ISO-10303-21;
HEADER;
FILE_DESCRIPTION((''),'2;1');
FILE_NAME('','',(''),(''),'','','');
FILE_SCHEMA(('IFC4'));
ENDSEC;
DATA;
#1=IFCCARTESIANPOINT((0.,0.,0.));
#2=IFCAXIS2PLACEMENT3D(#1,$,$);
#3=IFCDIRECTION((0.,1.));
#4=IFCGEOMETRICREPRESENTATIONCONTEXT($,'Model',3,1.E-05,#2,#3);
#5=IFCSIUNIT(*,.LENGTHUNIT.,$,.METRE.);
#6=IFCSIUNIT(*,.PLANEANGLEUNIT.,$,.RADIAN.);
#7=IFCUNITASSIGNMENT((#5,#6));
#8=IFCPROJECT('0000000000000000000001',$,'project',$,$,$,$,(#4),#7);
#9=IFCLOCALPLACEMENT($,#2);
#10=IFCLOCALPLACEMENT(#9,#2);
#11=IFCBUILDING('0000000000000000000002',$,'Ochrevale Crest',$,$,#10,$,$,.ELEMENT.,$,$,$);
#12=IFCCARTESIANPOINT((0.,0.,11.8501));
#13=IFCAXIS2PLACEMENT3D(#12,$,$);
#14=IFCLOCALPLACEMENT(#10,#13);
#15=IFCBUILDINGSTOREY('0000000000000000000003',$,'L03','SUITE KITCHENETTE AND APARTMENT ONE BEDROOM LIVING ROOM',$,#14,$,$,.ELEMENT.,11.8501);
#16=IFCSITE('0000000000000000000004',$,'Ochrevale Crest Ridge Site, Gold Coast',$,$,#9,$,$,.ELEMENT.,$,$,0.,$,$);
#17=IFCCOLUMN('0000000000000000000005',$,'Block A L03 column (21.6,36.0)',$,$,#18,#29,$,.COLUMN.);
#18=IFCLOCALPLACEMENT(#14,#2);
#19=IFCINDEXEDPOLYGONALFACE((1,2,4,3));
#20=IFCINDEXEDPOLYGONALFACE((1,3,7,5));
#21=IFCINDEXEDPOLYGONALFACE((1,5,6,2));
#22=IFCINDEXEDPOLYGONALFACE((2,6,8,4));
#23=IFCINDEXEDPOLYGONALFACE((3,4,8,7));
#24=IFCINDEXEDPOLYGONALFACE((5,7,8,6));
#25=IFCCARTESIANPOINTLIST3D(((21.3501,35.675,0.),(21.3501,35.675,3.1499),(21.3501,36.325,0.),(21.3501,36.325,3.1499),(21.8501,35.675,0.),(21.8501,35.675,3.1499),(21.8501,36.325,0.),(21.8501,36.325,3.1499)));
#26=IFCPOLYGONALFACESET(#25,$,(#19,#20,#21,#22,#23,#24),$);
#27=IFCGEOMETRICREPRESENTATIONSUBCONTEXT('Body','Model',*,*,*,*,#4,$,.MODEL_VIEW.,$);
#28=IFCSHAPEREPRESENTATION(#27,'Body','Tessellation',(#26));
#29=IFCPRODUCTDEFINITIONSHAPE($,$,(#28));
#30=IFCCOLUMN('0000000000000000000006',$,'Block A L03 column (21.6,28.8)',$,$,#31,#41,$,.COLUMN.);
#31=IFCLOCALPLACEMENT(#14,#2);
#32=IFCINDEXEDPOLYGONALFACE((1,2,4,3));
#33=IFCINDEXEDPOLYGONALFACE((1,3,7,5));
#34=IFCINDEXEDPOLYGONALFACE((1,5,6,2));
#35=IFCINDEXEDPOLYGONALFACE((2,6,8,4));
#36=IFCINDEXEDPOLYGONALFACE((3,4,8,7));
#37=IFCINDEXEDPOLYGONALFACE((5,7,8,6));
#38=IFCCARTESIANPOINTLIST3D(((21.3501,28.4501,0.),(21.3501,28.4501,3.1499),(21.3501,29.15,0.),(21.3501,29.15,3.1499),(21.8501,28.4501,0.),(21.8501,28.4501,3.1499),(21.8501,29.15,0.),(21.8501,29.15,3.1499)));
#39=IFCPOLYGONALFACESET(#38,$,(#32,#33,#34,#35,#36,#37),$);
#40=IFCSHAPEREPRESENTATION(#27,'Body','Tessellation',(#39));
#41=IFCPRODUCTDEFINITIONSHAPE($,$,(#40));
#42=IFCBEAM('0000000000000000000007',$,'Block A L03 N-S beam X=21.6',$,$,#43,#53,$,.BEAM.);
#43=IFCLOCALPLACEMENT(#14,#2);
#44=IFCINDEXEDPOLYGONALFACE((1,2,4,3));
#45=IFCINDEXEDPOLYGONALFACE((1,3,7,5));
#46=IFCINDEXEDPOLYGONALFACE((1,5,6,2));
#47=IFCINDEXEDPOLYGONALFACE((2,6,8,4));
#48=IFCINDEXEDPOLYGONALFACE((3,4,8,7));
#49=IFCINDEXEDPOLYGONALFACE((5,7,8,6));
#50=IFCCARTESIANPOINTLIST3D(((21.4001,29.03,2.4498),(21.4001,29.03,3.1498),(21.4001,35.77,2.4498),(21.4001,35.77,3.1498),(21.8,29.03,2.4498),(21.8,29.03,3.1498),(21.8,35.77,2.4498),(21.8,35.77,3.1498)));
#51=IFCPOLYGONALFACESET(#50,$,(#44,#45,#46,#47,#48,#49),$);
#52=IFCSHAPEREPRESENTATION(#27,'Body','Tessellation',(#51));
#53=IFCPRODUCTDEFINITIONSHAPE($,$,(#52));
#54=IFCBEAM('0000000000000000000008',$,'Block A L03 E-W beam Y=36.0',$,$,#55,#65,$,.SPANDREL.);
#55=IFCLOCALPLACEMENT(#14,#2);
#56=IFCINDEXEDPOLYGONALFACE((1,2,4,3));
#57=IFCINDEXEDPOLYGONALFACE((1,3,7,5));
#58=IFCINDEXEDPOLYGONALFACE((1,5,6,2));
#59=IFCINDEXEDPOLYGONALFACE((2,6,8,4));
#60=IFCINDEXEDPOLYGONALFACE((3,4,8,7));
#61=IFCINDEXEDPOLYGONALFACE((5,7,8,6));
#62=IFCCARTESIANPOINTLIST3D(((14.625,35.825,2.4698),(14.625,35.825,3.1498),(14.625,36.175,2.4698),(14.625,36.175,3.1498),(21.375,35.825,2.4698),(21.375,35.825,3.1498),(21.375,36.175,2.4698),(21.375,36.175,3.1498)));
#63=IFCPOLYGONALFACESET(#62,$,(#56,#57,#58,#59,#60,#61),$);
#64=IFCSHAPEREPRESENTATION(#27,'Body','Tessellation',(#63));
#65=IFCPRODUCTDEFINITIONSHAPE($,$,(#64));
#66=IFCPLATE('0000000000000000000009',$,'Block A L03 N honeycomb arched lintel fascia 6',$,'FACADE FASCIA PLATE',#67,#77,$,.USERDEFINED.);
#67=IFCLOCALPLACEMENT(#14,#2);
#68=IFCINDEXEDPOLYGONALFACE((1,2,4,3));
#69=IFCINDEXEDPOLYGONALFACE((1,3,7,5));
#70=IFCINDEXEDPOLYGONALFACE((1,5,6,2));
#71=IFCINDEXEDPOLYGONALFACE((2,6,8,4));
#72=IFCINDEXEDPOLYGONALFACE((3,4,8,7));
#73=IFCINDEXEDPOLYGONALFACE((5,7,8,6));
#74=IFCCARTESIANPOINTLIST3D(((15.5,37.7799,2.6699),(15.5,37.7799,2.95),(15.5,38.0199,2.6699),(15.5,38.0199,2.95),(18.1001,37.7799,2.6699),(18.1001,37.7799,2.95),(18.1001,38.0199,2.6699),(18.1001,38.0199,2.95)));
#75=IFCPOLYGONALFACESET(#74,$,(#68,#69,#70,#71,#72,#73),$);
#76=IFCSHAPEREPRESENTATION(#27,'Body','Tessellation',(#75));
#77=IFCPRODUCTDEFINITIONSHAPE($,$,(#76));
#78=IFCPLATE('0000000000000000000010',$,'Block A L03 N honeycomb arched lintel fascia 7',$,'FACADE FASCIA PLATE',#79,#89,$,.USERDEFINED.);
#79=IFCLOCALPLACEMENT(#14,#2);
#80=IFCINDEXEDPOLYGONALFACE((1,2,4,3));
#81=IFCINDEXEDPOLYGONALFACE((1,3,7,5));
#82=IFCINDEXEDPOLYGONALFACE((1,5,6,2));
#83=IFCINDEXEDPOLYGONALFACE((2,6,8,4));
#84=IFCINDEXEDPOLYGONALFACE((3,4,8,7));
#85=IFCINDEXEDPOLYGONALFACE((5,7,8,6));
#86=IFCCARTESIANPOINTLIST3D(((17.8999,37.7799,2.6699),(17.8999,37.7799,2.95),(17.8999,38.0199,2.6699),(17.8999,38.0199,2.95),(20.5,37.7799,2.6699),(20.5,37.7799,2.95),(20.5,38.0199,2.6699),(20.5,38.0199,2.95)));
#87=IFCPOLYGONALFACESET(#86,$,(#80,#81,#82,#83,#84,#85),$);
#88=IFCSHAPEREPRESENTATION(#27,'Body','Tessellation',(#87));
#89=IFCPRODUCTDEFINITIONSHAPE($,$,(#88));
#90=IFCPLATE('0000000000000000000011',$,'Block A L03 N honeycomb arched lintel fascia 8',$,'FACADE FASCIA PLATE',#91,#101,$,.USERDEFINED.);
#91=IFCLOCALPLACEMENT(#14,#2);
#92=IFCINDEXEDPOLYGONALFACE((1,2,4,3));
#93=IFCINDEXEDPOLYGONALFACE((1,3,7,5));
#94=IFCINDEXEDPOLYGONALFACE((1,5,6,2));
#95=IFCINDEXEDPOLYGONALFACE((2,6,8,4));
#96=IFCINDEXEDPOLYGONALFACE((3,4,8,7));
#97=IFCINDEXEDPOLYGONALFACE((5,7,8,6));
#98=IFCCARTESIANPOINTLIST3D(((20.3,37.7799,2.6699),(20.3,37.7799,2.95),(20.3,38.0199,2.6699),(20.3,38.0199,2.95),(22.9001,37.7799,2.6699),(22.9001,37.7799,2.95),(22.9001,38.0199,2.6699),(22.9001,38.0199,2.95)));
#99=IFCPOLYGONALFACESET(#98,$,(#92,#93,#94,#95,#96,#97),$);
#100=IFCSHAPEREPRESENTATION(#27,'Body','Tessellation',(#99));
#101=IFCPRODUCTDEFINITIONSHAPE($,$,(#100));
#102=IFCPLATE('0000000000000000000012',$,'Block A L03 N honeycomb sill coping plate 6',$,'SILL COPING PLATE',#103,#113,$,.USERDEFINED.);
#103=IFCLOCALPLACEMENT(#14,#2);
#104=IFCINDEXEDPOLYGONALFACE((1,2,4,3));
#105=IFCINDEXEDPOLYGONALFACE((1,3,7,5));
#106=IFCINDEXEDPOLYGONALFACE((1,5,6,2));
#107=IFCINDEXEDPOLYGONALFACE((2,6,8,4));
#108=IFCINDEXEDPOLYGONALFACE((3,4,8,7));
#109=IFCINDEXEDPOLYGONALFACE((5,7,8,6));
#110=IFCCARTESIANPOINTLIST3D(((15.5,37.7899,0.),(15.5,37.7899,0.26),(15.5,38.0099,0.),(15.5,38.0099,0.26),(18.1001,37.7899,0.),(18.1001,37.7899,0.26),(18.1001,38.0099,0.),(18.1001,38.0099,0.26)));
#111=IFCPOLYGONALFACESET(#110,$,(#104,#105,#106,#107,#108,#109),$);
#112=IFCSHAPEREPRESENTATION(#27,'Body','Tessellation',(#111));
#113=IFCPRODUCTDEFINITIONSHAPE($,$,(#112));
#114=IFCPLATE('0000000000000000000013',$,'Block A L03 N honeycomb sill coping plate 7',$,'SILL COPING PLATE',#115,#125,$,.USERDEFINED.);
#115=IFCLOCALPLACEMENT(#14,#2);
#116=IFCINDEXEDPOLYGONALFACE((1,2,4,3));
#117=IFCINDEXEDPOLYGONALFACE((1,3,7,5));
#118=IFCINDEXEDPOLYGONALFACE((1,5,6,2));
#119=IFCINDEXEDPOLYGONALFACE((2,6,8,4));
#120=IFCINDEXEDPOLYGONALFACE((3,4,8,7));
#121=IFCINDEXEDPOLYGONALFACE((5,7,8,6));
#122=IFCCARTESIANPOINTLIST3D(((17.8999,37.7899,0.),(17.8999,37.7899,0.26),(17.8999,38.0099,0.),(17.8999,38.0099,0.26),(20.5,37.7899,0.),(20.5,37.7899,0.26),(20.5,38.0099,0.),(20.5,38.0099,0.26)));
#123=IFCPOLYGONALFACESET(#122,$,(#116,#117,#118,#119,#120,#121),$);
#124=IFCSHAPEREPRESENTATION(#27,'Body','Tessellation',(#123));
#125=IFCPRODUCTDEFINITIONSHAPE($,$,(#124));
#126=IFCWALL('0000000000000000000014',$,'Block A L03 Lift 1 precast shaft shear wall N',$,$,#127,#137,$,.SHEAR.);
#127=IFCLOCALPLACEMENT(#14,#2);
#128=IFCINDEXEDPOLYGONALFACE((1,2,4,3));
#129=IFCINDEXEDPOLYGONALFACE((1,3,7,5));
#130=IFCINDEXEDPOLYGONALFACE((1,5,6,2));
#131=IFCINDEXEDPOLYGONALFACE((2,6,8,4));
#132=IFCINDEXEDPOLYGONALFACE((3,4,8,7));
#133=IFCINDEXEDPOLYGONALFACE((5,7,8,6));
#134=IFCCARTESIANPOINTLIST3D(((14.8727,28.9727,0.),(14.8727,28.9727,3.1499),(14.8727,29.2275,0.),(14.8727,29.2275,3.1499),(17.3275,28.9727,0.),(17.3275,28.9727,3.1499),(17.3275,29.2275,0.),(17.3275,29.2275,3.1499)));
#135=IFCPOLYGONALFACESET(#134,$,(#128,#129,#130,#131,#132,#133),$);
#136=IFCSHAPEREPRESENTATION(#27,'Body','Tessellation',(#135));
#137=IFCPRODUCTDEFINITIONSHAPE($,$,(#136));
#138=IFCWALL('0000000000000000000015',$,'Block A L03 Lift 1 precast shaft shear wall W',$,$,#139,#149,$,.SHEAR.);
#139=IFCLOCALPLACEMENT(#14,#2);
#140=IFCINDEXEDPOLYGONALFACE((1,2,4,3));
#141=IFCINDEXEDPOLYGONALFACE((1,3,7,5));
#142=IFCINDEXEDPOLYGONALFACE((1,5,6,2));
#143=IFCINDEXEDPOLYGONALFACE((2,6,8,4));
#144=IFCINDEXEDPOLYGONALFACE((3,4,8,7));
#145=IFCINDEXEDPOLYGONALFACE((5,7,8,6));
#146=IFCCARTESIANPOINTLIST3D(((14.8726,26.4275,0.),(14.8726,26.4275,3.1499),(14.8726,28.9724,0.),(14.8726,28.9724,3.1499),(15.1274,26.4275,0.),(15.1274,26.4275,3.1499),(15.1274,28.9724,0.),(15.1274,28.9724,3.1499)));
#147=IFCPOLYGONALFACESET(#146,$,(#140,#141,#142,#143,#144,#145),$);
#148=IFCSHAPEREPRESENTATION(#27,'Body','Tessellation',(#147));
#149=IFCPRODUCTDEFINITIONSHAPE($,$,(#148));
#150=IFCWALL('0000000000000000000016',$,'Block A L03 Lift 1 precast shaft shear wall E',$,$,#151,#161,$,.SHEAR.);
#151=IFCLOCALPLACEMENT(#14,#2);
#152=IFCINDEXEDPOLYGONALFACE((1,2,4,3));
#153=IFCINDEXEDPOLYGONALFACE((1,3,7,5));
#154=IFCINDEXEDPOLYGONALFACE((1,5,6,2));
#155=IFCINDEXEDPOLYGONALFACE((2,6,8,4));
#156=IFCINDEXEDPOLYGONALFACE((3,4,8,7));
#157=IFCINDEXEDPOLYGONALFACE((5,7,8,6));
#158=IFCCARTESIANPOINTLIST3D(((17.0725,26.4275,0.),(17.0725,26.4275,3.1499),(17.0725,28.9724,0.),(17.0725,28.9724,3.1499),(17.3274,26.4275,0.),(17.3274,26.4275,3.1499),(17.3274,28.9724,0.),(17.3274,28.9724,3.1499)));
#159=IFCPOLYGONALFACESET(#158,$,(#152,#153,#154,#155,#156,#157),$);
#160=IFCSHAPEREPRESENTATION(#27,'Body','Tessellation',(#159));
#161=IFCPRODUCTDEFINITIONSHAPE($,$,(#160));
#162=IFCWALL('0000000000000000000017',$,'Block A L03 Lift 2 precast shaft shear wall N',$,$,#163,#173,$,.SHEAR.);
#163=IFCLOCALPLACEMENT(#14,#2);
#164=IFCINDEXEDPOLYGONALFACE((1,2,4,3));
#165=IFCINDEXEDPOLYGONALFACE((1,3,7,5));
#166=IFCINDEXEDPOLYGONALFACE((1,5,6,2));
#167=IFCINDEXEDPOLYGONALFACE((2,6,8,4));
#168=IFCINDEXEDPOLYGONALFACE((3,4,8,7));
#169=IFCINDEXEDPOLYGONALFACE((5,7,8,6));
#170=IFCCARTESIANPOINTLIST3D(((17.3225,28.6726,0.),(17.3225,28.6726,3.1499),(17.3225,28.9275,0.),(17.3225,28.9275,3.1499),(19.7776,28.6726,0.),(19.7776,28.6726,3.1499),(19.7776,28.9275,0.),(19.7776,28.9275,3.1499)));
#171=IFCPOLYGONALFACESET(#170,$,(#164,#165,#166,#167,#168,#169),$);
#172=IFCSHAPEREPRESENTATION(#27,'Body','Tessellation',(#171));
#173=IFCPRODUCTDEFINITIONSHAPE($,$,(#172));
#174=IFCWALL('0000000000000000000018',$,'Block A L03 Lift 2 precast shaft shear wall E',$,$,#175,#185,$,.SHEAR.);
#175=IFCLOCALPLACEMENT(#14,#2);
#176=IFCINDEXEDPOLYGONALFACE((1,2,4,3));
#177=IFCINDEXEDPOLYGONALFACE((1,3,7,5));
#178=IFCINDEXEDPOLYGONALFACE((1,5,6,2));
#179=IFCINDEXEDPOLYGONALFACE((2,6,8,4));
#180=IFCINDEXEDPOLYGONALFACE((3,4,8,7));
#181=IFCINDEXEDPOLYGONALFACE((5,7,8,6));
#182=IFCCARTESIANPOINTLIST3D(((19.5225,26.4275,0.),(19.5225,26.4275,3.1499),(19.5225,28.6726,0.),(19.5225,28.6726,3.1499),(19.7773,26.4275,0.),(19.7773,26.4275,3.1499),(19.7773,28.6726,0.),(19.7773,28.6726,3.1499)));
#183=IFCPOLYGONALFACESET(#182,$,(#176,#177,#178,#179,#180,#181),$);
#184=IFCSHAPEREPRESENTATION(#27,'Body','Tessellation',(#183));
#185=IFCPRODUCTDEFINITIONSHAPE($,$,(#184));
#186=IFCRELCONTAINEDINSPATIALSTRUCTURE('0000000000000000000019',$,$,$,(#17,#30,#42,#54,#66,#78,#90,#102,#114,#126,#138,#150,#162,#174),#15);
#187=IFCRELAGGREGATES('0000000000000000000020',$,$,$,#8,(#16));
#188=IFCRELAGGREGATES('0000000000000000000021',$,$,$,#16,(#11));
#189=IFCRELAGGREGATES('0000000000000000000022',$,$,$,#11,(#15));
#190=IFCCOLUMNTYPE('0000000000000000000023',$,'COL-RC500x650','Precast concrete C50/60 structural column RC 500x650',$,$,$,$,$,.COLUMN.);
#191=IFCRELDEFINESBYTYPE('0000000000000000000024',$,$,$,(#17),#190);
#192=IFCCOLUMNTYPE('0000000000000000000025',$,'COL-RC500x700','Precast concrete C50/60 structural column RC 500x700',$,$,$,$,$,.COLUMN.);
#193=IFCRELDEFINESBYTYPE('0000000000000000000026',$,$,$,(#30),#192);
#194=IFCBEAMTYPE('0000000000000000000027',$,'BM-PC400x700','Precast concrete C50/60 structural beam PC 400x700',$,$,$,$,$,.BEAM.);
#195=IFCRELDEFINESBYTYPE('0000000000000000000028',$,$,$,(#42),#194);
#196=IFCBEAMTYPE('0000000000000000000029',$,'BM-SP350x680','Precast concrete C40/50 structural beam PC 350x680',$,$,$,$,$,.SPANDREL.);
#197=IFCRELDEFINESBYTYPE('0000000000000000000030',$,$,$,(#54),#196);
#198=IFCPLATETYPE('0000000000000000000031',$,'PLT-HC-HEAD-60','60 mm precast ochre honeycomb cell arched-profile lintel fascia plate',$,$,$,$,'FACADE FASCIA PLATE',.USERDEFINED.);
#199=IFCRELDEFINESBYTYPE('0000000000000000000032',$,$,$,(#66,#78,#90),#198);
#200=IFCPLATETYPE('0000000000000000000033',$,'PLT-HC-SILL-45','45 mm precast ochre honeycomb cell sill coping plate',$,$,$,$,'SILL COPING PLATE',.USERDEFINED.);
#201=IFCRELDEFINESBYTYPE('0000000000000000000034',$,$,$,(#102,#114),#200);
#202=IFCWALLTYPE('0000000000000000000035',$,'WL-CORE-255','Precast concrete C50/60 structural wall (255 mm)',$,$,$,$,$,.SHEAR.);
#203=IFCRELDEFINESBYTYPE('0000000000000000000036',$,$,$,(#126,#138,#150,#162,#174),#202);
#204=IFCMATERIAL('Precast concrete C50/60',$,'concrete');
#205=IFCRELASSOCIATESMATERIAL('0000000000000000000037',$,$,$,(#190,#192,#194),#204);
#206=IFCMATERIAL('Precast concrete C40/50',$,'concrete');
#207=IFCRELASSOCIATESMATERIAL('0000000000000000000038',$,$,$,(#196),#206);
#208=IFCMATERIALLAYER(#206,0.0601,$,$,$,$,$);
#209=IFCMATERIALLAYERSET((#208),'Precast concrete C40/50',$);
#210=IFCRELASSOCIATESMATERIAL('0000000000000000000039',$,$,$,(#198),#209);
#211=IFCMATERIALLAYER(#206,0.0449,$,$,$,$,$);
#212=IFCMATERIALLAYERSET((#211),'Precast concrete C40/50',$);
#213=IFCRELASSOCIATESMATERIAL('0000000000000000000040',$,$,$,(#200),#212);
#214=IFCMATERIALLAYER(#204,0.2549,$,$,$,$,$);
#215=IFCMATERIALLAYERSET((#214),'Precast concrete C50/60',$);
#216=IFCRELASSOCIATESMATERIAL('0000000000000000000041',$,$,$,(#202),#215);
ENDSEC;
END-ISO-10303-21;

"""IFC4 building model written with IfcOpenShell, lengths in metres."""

from ifc_helpers import new_model, si_unit, direction, frame, frame_2d, origin, origin_2d, place, context, subcontext, project, spatial, rectangle, extrude, material, layer, layer_set, material_profile, profile_set, type_object, element, save


model = new_model("IFC4")

# Units and contexts
model_context = context("Model", 3, precision=1e-05, world=origin(), true_north=direction((0.0, 1.0)))
body_context = subcontext(model_context, "Body", "Model", "MODEL_VIEW")
ifc_project = project(units=[si_unit("LENGTHUNIT", "METRE"), si_unit("PLANEANGLEUNIT", "RADIAN")], contexts=[model_context])

# Site, building, storey
site_placement = place(None, origin())
site = spatial("IfcSite", under=ifc_project, at=site_placement, Name="Ochrevale Crest Ridge Site, Gold Coast", CompositionType="ELEMENT", RefElevation=0.0)
building_placement = place(site_placement, origin())
building = spatial("IfcBuilding", under=site, at=building_placement, Name="Ochrevale Crest", CompositionType="ELEMENT")
storey_placement = place(building_placement, frame((0.0, 0.0, 11.8501)))
storey = spatial("IfcBuildingStorey", under=building, at=storey_placement, Name="L03", Description="SUITE KITCHENETTE AND APARTMENT ONE BEDROOM LIVING ROOM", CompositionType="ELEMENT", Elevation=11.8501)

# Columns
ifc_material_1 = material(Name="Precast concrete C50/60", Category="concrete")
ifc_material_profile_1 = material_profile(ifc_material_1, rectangle(XDim=0.5, YDim=0.6499, at=origin_2d()), Name="RC 500x650")
ifc_profile_set_1 = profile_set([ifc_material_profile_1], Name="Precast concrete C50/60")
column_type_1 = type_object("IfcColumnType", Name="COL-RC500x650", Description="Precast concrete C50/60 structural column RC 500x650", PredefinedType="COLUMN", material=ifc_profile_set_1)
column_1_placement = place(storey_placement, frame((21.6001, 36.0, 0.0), z_axis=(0.0, 0.0, 1.0), x_axis=(1.0, 0.0, 0.0)))
element("IfcColumn", 1, at=column_1_placement, inside=storey, type_object=column_type_1, Name="Block A L03 column (21.6,36.0)", PredefinedType="COLUMN", context=body_context, shape_type="SweptSolid", body=[
    extrude(rectangle(XDim=0.5, YDim=0.6499, at=origin_2d()), origin(), (0.0, 0.0, 1.0), 3.1499),
])
ifc_material_profile_2 = material_profile(ifc_material_1, rectangle(XDim=0.5, YDim=0.7, at=origin_2d()), Name="RC 500x700")
ifc_profile_set_2 = profile_set([ifc_material_profile_2], Name="Precast concrete C50/60")
column_type_2 = type_object("IfcColumnType", Name="COL-RC500x700", Description="Precast concrete C50/60 structural column RC 500x700", PredefinedType="COLUMN", material=ifc_profile_set_2)
column_2_placement = place(storey_placement, frame((21.6001, 28.8, 0.0), z_axis=(0.0, 0.0, 1.0), x_axis=(1.0, 0.0, 0.0)))
element("IfcColumn", 2, at=column_2_placement, inside=storey, type_object=column_type_2, Name="Block A L03 column (21.6,28.8)", PredefinedType="COLUMN", context=body_context, shape_type="SweptSolid", body=[
    extrude(rectangle(XDim=0.5, YDim=0.7, at=origin_2d()), origin(), (0.0, 0.0, 1.0), 3.1499),
])

# Beams
ifc_material_profile_3 = material_profile(ifc_material_1, rectangle(XDim=0.3999, YDim=0.7, at=origin_2d()), Name="PC 400x700")
ifc_profile_set_3 = profile_set([ifc_material_profile_3], Name="Precast concrete C50/60")
beam_type_1 = type_object("IfcBeamType", Name="BM-PC400x700", Description="Precast concrete C50/60 structural beam PC 400x700", PredefinedType="BEAM", material=ifc_profile_set_3)
beam_1_placement = place(storey_placement, frame((21.6001, 29.03, 2.7998), z_axis=(0.0, 1.0, 0.0), x_axis=(-1.0, 0.0, 0.0)))
element("IfcBeam", 3, at=beam_1_placement, inside=storey, type_object=beam_type_1, Name="Block A L03 N-S beam X=21.6", PredefinedType="BEAM", context=body_context, shape_type="SweptSolid", body=[
    extrude(rectangle(XDim=0.3999, YDim=0.7, at=origin_2d()), origin(), (0.0, 0.0, 1.0), 6.74),
])
ifc_material_2 = material(Name="Precast concrete C40/50", Category="concrete")
ifc_material_profile_4 = material_profile(ifc_material_2, rectangle(XDim=0.3501, YDim=0.6799, at=origin_2d()), Name="PC 350x680")
ifc_profile_set_4 = profile_set([ifc_material_profile_4], Name="Precast concrete C40/50")
beam_type_2 = type_object("IfcBeamType", Name="BM-SP350x680", Description="Precast concrete C40/50 structural beam PC 350x680", PredefinedType="SPANDREL", material=ifc_profile_set_4)
beam_2_placement = place(storey_placement, frame((14.625, 36.0, 2.8098), z_axis=(1.0, 0.0, 0.0), x_axis=(0.0, 1.0, 0.0)))
element("IfcBeam", 4, at=beam_2_placement, inside=storey, type_object=beam_type_2, Name="Block A L03 E-W beam Y=36.0", PredefinedType="SPANDREL", context=body_context, shape_type="SweptSolid", body=[
    extrude(rectangle(XDim=0.3501, YDim=0.6799, at=origin_2d()), origin(), (0.0, 0.0, 1.0), 6.75),
])

# Plates
ifc_layer_1 = layer(ifc_material_2, 0.0601)
ifc_layer_set_1 = layer_set([ifc_layer_1], Name="Precast concrete C40/50")
plate_type_1 = type_object("IfcPlateType", Name="PLT-HC-HEAD-60", Description="60 mm precast ochre honeycomb cell arched-profile lintel fascia plate", ElementType="FACADE FASCIA PLATE", PredefinedType="USERDEFINED", material=ifc_layer_set_1)
for number, where, z_axis, x_axis, name in (
    (5, (16.8, 37.8999, 2.6699), (0.0, 0.0, 1.0), (1.0, 0.0, 0.0), "Block A L03 N honeycomb arched lintel fascia 6"),
    (6, (19.2, 37.8999, 2.6699), (0.0, 0.0, 1.0), (1.0, 0.0, 0.0), "Block A L03 N honeycomb arched lintel fascia 7"),
    (7, (21.6001, 37.8999, 2.6699), (0.0, 0.0, 1.0), (1.0, 0.0, 0.0), "Block A L03 N honeycomb arched lintel fascia 8"),
):
    element("IfcPlate", number, at=place(storey_placement, frame(where, z_axis=z_axis, x_axis=x_axis)), inside=storey, type_object=plate_type_1, Name=name, ObjectType="FACADE FASCIA PLATE", PredefinedType="USERDEFINED", context=body_context, shape_type="SweptSolid", body=[
        extrude(rectangle(XDim=2.6001, YDim=0.24, at=origin_2d()), origin(), (0.0, 0.0, 1.0), 0.28),
    ])
ifc_layer_2 = layer(ifc_material_2, 0.0449)
ifc_layer_set_2 = layer_set([ifc_layer_2], Name="Precast concrete C40/50")
plate_type_2 = type_object("IfcPlateType", Name="PLT-HC-SILL-45", Description="45 mm precast ochre honeycomb cell sill coping plate", ElementType="SILL COPING PLATE", PredefinedType="USERDEFINED", material=ifc_layer_set_2)
for number, where, z_axis, x_axis, name in (
    (8, (16.8, 37.8999, 0.0), (0.0, 0.0, 1.0), (1.0, 0.0, 0.0), "Block A L03 N honeycomb sill coping plate 6"),
    (9, (19.2, 37.8999, 0.0), (0.0, 0.0, 1.0), (1.0, 0.0, 0.0), "Block A L03 N honeycomb sill coping plate 7"),
):
    element("IfcPlate", number, at=place(storey_placement, frame(where, z_axis=z_axis, x_axis=x_axis)), inside=storey, type_object=plate_type_2, Name=name, ObjectType="SILL COPING PLATE", PredefinedType="USERDEFINED", context=body_context, shape_type="SweptSolid", body=[
        extrude(rectangle(XDim=2.6001, YDim=0.22, at=origin_2d()), origin(), (0.0, 0.0, 1.0), 0.26),
    ])

# Walls
ifc_layer_3 = layer(ifc_material_1, 0.2549)
ifc_layer_set_3 = layer_set([ifc_layer_3], Name="Precast concrete C50/60")
wall_type_1 = type_object("IfcWallType", Name="WL-CORE-255", Description="Precast concrete C50/60 structural wall (255 mm)", PredefinedType="SHEAR", material=ifc_layer_set_3)
wall_1_placement = place(storey_placement, frame((14.8726, 29.1001, 0.0), z_axis=(0.0, 0.0, 1.0), x_axis=(1.0, 0.0, 0.0)))
element("IfcWall", 10, at=wall_1_placement, inside=storey, type_object=wall_type_1, Name="Block A L03 Lift 1 precast shaft shear wall N", PredefinedType="SHEAR", context=body_context, shape_type="SweptSolid", body=[
    extrude(rectangle(XDim=2.4548, YDim=0.2549, at=frame_2d((1.2275, 0.0))), origin(), (0.0, 0.0, 1.0), 3.1499),
])
for number, where, z_axis, x_axis, name in (
    (11, (15.0, 26.4275, 0.0), (0.0, 0.0, 1.0), (0.0, 1.0, 0.0), "Block A L03 Lift 1 precast shaft shear wall W"),
    (12, (17.2, 26.4275, 0.0), (0.0, 0.0, 1.0), (0.0, 1.0, 0.0), "Block A L03 Lift 1 precast shaft shear wall E"),
):
    element("IfcWall", number, at=place(storey_placement, frame(where, z_axis=z_axis, x_axis=x_axis)), inside=storey, type_object=wall_type_1, Name=name, PredefinedType="SHEAR", context=body_context, shape_type="SweptSolid", body=[
        extrude(rectangle(XDim=2.5449, YDim=0.2549, at=frame_2d((1.2725, 0.0))), origin(), (0.0, 0.0, 1.0), 3.1499),
    ])
wall_2_placement = place(storey_placement, frame((17.3225, 28.8, 0.0), z_axis=(0.0, 0.0, 1.0), x_axis=(1.0, 0.0, 0.0)))
element("IfcWall", 13, at=wall_2_placement, inside=storey, type_object=wall_type_1, Name="Block A L03 Lift 2 precast shaft shear wall N", PredefinedType="SHEAR", context=body_context, shape_type="SweptSolid", body=[
    extrude(rectangle(XDim=2.4551, YDim=0.2549, at=frame_2d((1.2275, 0.0))), origin(), (0.0, 0.0, 1.0), 3.1499),
])
wall_3_placement = place(storey_placement, frame((19.6499, 26.4275, 0.0), z_axis=(0.0, 0.0, 1.0), x_axis=(0.0, 1.0, 0.0)))
element("IfcWall", 14, at=wall_3_placement, inside=storey, type_object=wall_type_1, Name="Block A L03 Lift 2 precast shaft shear wall E", PredefinedType="SHEAR", context=body_context, shape_type="SweptSolid", body=[
    extrude(rectangle(XDim=2.2451, YDim=0.2549, at=frame_2d((1.1226, 0.0))), origin(), (0.0, 0.0, 1.0), 3.1499),
])

save(model, "model.ifc")
